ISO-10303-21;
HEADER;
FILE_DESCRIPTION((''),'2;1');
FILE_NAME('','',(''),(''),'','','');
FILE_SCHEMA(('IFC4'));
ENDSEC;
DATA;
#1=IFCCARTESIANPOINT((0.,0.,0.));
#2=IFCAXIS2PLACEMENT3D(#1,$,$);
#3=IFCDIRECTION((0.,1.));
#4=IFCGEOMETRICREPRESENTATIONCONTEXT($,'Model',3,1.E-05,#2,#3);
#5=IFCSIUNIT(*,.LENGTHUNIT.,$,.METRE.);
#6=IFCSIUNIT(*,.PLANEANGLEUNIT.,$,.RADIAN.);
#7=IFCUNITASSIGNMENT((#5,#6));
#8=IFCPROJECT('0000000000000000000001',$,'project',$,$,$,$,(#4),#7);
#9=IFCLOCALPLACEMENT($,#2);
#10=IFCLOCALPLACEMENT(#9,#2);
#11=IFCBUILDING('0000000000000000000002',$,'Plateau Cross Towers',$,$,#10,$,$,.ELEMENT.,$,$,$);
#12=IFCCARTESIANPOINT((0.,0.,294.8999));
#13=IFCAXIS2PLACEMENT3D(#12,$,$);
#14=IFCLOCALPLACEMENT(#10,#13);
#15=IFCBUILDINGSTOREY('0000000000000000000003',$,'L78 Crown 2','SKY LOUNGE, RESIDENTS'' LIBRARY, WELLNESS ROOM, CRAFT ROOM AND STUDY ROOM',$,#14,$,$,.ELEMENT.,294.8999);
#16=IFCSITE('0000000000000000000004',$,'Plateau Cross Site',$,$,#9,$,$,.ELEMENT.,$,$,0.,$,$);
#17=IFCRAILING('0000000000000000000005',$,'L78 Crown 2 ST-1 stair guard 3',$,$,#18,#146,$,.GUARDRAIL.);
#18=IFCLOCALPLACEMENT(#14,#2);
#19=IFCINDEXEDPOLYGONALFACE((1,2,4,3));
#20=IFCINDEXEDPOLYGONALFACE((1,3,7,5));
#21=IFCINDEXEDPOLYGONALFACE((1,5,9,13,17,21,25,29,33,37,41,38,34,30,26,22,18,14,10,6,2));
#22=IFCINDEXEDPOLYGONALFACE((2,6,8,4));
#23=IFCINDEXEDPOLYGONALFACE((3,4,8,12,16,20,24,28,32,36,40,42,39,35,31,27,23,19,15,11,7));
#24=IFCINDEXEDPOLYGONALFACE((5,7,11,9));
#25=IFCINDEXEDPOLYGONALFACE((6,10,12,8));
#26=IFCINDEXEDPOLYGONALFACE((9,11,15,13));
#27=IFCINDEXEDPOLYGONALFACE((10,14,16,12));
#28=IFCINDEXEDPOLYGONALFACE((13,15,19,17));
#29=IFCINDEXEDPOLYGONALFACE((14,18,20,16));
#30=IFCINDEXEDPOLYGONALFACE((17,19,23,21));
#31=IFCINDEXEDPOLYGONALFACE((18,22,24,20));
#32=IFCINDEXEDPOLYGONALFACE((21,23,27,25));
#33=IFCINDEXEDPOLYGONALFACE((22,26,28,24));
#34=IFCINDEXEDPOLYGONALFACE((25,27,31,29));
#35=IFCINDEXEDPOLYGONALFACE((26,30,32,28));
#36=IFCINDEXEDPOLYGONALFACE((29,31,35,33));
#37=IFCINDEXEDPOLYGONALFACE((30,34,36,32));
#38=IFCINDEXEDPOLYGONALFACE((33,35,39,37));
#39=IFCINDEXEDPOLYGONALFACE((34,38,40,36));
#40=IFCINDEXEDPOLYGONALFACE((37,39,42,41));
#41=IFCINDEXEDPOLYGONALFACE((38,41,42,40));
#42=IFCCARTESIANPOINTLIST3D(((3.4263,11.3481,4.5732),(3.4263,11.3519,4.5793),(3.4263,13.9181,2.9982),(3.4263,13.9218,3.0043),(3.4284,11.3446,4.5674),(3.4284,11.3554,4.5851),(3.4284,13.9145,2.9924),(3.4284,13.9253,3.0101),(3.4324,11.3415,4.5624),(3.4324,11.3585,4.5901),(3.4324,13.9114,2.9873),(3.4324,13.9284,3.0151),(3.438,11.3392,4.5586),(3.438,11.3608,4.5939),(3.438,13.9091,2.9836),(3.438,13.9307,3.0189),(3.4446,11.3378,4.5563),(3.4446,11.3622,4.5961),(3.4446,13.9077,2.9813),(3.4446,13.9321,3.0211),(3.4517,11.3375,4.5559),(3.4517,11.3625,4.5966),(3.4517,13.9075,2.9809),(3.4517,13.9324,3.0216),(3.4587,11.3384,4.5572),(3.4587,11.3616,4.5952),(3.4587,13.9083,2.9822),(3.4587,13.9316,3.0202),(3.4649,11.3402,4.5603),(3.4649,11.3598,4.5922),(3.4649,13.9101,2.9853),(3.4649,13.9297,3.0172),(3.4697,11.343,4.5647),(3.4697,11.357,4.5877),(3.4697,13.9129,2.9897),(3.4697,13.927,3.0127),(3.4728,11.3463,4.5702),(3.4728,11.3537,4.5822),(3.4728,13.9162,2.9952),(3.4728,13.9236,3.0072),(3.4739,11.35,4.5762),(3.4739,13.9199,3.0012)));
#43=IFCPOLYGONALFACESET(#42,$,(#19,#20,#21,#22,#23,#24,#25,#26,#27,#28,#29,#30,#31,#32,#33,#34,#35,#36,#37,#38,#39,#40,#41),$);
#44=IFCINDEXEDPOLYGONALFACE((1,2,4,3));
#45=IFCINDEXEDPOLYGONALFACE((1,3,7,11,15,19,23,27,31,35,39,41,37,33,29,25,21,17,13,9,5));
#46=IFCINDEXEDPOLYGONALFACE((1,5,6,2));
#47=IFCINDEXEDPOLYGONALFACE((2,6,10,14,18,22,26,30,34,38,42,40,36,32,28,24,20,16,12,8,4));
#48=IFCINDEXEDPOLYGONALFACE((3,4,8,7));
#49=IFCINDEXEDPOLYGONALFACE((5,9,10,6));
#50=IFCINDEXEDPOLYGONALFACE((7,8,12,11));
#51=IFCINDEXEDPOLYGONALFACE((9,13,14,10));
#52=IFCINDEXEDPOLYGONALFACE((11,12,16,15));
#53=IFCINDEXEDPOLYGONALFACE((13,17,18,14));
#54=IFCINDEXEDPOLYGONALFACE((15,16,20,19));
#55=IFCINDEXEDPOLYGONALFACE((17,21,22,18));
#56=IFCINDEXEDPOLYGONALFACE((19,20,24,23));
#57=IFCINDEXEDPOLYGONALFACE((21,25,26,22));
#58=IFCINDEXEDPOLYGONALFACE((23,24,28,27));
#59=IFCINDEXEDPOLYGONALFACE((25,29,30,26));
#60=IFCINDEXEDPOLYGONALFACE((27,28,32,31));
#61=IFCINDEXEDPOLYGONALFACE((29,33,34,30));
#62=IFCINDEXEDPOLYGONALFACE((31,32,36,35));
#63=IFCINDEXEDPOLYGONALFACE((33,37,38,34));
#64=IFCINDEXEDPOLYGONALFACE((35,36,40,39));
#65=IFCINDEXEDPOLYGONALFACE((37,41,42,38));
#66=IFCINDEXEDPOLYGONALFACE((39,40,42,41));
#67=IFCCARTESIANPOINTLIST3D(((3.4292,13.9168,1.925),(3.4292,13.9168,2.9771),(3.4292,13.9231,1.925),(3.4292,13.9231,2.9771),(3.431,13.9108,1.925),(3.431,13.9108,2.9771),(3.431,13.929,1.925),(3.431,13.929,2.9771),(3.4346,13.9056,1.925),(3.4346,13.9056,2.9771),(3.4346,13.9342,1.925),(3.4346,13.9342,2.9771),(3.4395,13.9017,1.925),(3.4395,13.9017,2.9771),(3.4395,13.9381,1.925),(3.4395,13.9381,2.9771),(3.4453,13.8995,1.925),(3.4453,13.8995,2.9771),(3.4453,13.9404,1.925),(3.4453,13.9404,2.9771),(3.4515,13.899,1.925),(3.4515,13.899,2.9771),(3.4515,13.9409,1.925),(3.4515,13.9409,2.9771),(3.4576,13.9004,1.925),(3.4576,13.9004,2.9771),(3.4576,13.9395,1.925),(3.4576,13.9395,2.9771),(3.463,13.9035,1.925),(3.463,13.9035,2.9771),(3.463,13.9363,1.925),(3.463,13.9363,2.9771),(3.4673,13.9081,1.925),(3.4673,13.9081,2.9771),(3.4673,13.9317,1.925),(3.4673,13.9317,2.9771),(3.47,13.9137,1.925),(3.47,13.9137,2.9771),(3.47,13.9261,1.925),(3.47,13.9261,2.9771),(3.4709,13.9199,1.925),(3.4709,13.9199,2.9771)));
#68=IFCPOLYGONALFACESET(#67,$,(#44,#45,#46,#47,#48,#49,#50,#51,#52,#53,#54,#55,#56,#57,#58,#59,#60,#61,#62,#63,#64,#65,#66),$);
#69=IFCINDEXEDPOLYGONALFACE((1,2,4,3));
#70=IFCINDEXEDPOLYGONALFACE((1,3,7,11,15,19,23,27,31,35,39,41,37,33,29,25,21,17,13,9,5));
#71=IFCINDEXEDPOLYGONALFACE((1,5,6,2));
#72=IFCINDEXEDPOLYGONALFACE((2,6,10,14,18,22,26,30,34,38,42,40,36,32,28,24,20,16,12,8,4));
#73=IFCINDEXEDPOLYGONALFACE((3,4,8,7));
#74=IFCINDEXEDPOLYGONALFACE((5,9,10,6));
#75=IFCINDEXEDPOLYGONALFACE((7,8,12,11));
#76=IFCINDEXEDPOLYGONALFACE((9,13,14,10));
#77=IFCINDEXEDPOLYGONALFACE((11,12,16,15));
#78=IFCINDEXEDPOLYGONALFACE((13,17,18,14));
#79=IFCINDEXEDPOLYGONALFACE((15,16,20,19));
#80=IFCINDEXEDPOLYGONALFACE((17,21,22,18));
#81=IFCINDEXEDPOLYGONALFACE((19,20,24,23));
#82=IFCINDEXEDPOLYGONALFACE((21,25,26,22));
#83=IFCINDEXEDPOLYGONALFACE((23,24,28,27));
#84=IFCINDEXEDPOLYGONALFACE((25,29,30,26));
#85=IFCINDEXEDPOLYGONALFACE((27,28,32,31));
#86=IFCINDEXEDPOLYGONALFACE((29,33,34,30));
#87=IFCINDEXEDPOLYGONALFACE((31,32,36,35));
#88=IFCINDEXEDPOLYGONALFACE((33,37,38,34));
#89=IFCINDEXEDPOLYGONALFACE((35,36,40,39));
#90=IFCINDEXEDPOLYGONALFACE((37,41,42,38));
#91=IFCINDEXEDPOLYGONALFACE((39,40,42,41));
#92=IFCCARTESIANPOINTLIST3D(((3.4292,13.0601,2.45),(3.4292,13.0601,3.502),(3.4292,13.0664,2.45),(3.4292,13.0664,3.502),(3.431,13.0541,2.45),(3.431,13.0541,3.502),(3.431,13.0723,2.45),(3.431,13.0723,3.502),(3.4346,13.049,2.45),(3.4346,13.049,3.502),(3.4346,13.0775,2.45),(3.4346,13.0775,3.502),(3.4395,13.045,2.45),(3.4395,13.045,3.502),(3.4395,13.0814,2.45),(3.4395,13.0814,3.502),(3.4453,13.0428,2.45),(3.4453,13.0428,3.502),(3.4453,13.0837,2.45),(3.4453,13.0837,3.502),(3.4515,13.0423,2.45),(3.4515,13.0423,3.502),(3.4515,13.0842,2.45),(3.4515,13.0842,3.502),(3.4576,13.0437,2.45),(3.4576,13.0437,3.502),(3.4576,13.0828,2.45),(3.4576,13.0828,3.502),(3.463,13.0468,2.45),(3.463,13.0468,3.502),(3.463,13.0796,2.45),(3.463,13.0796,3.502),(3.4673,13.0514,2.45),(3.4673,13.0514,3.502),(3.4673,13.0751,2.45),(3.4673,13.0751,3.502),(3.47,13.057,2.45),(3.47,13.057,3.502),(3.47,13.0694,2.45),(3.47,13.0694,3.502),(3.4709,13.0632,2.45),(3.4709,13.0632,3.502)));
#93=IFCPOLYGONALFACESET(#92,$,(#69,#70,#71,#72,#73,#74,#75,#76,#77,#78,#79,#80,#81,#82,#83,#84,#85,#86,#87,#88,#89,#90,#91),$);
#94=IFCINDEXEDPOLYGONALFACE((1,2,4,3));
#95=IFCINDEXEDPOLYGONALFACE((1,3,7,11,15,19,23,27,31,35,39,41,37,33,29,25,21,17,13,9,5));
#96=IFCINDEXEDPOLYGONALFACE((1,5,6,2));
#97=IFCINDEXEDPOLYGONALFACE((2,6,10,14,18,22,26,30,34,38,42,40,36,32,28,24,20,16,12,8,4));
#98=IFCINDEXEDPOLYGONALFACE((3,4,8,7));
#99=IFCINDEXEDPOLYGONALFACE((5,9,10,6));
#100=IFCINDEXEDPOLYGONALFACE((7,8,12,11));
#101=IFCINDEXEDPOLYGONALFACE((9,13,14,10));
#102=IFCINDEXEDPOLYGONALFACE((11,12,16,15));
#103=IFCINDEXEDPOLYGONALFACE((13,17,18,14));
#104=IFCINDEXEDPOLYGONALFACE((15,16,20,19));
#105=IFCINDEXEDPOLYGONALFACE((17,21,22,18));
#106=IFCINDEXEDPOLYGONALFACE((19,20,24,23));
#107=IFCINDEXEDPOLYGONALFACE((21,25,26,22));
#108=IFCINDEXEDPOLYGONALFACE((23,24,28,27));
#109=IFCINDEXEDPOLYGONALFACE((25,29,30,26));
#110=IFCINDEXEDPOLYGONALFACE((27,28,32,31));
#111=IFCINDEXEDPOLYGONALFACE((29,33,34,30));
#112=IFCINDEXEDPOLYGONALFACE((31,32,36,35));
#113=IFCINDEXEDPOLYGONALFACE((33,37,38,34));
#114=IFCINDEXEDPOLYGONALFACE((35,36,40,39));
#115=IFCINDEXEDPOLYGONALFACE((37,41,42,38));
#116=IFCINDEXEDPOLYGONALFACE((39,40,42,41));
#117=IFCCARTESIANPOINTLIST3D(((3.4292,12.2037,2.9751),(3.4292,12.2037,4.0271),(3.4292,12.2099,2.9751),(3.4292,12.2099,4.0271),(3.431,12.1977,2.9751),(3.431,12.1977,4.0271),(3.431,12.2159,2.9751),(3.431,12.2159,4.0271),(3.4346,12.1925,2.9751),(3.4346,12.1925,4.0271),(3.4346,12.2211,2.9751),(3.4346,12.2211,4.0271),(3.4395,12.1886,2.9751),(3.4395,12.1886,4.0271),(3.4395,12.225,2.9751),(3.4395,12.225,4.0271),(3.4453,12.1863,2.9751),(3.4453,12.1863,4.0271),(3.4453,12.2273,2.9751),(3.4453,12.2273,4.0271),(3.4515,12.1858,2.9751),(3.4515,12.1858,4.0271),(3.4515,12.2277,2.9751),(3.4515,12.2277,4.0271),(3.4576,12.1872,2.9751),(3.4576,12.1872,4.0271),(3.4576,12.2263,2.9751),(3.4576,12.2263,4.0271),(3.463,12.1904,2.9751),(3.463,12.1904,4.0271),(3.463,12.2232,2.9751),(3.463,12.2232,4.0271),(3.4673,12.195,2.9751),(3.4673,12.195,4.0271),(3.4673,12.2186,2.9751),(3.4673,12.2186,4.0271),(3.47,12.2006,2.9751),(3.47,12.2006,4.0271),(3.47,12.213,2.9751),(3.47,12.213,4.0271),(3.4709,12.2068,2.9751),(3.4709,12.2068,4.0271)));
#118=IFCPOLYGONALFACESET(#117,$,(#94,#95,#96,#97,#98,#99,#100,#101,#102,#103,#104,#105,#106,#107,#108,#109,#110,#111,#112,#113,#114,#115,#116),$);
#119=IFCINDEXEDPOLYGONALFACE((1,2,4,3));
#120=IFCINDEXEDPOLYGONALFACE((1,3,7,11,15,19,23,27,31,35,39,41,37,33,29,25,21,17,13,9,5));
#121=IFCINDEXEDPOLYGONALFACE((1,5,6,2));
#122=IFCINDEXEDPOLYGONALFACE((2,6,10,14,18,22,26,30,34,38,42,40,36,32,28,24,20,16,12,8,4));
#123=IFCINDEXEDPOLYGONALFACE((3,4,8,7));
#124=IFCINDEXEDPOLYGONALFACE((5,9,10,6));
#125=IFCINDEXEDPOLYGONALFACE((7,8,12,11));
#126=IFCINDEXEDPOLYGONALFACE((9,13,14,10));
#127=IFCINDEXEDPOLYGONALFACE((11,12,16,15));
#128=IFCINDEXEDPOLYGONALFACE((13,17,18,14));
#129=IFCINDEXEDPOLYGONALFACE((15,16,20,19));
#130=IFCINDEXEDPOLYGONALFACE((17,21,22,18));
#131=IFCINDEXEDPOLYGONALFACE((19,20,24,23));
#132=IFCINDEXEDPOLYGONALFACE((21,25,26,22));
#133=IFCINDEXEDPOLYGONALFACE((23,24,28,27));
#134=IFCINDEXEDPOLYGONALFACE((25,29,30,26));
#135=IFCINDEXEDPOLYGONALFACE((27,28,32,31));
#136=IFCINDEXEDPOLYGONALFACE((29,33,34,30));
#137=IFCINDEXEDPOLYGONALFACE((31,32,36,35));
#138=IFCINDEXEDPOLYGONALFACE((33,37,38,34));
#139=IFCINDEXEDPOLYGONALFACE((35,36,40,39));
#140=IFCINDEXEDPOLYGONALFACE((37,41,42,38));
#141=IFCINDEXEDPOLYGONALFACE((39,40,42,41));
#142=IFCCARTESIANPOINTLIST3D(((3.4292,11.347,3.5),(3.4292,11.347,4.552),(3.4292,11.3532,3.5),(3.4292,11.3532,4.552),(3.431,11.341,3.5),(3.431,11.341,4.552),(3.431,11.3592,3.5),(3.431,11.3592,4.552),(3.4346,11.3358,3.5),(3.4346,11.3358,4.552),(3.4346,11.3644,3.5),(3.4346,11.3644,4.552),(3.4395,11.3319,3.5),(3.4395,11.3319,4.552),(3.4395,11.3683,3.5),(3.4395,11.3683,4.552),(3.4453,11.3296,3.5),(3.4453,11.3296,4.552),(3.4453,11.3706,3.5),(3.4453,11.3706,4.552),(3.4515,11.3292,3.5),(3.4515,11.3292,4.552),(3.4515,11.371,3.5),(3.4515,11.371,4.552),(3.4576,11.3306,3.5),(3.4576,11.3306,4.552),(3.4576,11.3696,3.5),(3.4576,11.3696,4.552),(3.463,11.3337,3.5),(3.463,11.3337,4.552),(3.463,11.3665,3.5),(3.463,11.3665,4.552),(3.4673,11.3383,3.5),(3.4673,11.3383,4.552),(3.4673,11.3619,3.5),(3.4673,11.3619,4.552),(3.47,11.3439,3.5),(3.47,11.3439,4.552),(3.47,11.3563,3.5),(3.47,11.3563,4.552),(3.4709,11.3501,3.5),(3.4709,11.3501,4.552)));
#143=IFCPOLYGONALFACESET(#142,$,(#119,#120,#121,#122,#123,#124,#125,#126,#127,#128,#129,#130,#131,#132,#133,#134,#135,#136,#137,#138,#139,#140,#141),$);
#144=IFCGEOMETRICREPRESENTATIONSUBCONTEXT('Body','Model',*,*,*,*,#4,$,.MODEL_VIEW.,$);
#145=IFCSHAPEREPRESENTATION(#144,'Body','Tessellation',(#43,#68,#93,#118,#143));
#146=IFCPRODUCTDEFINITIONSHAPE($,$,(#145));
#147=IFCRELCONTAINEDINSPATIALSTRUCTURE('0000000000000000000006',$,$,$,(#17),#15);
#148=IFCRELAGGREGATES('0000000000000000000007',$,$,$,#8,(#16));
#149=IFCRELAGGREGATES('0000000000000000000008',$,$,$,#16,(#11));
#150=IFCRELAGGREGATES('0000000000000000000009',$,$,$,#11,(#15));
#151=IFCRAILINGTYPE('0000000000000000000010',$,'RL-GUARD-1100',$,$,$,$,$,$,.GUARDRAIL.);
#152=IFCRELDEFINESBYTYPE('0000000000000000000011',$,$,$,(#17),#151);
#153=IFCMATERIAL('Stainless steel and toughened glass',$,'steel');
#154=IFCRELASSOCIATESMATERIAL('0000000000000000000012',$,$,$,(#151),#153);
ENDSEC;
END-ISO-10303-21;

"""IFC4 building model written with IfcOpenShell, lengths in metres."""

from ifc_helpers import new_model, si_unit, direction, frame, origin, origin_2d, place, context, subcontext, project, spatial, circle, extrude, material, type_object, element, save


model = new_model("IFC4")

# Units and contexts
model_context = context("Model", 3, precision=1e-05, world=origin(), true_north=direction((0.0, 1.0)))
body_context = subcontext(model_context, "Body", "Model", "MODEL_VIEW")
ifc_project = project(units=[si_unit("LENGTHUNIT", "METRE"), si_unit("PLANEANGLEUNIT", "RADIAN")], contexts=[model_context])

# Site, building, storey
site_placement = place(None, origin())
site = spatial("IfcSite", under=ifc_project, at=site_placement, Name="Plateau Cross Site", CompositionType="ELEMENT", RefElevation=0.0)
building_placement = place(site_placement, origin())
building = spatial("IfcBuilding", under=site, at=building_placement, Name="Plateau Cross Towers", CompositionType="ELEMENT")
storey_placement = place(building_placement, frame((0.0, 0.0, 294.8999)))
storey = spatial("IfcBuildingStorey", under=building, at=storey_placement, Name="L78 Crown 2", Description="SKY LOUNGE, RESIDENTS' LIBRARY, WELLNESS ROOM, CRAFT ROOM AND STUDY ROOM", CompositionType="ELEMENT", Elevation=294.8999)

# Railing
ifc_material_1 = material(Name="Stainless steel and toughened glass", Category="steel")
railing_type_1 = type_object("IfcRailingType", Name="RL-GUARD-1100", PredefinedType="GUARDRAIL", material=ifc_material_1)
railing_1_placement = place(storey_placement, frame((3.45, 13.9199, 1.925)))
element("IfcRailing", 1, at=railing_1_placement, inside=storey, type_object=railing_type_1, Name="L78 Crown 2 ST-1 stair guard 3", PredefinedType="GUARDRAIL", context=body_context, shape_type="SweptSolid", body=[
    extrude(circle(Radius=0.0239, at=origin_2d()), frame((0.0, 0.0, 1.0762), z_axis=(0.0, -0.852616, 0.522537), x_axis=(1.0, 0.0, 0.0)), (0.0, 0.0, 1.0), 3.0142),
    extrude(circle(Radius=0.021, at=origin_2d()), origin(), (0.0, 0.0, 1.0), 1.052),
    extrude(circle(Radius=0.021, at=origin_2d()), frame((0.0, -0.8567, 0.5249)), (0.0, 0.0, 1.0), 1.052),
    extrude(circle(Radius=0.021, at=origin_2d()), frame((0.0, -1.7131, 1.05)), (0.0, 0.0, 1.0), 1.052),
    extrude(circle(Radius=0.021, at=origin_2d()), frame((0.0, -2.5698, 1.575)), (0.0, 0.0, 1.0), 1.052),
])

save(model, "model.ifc")
